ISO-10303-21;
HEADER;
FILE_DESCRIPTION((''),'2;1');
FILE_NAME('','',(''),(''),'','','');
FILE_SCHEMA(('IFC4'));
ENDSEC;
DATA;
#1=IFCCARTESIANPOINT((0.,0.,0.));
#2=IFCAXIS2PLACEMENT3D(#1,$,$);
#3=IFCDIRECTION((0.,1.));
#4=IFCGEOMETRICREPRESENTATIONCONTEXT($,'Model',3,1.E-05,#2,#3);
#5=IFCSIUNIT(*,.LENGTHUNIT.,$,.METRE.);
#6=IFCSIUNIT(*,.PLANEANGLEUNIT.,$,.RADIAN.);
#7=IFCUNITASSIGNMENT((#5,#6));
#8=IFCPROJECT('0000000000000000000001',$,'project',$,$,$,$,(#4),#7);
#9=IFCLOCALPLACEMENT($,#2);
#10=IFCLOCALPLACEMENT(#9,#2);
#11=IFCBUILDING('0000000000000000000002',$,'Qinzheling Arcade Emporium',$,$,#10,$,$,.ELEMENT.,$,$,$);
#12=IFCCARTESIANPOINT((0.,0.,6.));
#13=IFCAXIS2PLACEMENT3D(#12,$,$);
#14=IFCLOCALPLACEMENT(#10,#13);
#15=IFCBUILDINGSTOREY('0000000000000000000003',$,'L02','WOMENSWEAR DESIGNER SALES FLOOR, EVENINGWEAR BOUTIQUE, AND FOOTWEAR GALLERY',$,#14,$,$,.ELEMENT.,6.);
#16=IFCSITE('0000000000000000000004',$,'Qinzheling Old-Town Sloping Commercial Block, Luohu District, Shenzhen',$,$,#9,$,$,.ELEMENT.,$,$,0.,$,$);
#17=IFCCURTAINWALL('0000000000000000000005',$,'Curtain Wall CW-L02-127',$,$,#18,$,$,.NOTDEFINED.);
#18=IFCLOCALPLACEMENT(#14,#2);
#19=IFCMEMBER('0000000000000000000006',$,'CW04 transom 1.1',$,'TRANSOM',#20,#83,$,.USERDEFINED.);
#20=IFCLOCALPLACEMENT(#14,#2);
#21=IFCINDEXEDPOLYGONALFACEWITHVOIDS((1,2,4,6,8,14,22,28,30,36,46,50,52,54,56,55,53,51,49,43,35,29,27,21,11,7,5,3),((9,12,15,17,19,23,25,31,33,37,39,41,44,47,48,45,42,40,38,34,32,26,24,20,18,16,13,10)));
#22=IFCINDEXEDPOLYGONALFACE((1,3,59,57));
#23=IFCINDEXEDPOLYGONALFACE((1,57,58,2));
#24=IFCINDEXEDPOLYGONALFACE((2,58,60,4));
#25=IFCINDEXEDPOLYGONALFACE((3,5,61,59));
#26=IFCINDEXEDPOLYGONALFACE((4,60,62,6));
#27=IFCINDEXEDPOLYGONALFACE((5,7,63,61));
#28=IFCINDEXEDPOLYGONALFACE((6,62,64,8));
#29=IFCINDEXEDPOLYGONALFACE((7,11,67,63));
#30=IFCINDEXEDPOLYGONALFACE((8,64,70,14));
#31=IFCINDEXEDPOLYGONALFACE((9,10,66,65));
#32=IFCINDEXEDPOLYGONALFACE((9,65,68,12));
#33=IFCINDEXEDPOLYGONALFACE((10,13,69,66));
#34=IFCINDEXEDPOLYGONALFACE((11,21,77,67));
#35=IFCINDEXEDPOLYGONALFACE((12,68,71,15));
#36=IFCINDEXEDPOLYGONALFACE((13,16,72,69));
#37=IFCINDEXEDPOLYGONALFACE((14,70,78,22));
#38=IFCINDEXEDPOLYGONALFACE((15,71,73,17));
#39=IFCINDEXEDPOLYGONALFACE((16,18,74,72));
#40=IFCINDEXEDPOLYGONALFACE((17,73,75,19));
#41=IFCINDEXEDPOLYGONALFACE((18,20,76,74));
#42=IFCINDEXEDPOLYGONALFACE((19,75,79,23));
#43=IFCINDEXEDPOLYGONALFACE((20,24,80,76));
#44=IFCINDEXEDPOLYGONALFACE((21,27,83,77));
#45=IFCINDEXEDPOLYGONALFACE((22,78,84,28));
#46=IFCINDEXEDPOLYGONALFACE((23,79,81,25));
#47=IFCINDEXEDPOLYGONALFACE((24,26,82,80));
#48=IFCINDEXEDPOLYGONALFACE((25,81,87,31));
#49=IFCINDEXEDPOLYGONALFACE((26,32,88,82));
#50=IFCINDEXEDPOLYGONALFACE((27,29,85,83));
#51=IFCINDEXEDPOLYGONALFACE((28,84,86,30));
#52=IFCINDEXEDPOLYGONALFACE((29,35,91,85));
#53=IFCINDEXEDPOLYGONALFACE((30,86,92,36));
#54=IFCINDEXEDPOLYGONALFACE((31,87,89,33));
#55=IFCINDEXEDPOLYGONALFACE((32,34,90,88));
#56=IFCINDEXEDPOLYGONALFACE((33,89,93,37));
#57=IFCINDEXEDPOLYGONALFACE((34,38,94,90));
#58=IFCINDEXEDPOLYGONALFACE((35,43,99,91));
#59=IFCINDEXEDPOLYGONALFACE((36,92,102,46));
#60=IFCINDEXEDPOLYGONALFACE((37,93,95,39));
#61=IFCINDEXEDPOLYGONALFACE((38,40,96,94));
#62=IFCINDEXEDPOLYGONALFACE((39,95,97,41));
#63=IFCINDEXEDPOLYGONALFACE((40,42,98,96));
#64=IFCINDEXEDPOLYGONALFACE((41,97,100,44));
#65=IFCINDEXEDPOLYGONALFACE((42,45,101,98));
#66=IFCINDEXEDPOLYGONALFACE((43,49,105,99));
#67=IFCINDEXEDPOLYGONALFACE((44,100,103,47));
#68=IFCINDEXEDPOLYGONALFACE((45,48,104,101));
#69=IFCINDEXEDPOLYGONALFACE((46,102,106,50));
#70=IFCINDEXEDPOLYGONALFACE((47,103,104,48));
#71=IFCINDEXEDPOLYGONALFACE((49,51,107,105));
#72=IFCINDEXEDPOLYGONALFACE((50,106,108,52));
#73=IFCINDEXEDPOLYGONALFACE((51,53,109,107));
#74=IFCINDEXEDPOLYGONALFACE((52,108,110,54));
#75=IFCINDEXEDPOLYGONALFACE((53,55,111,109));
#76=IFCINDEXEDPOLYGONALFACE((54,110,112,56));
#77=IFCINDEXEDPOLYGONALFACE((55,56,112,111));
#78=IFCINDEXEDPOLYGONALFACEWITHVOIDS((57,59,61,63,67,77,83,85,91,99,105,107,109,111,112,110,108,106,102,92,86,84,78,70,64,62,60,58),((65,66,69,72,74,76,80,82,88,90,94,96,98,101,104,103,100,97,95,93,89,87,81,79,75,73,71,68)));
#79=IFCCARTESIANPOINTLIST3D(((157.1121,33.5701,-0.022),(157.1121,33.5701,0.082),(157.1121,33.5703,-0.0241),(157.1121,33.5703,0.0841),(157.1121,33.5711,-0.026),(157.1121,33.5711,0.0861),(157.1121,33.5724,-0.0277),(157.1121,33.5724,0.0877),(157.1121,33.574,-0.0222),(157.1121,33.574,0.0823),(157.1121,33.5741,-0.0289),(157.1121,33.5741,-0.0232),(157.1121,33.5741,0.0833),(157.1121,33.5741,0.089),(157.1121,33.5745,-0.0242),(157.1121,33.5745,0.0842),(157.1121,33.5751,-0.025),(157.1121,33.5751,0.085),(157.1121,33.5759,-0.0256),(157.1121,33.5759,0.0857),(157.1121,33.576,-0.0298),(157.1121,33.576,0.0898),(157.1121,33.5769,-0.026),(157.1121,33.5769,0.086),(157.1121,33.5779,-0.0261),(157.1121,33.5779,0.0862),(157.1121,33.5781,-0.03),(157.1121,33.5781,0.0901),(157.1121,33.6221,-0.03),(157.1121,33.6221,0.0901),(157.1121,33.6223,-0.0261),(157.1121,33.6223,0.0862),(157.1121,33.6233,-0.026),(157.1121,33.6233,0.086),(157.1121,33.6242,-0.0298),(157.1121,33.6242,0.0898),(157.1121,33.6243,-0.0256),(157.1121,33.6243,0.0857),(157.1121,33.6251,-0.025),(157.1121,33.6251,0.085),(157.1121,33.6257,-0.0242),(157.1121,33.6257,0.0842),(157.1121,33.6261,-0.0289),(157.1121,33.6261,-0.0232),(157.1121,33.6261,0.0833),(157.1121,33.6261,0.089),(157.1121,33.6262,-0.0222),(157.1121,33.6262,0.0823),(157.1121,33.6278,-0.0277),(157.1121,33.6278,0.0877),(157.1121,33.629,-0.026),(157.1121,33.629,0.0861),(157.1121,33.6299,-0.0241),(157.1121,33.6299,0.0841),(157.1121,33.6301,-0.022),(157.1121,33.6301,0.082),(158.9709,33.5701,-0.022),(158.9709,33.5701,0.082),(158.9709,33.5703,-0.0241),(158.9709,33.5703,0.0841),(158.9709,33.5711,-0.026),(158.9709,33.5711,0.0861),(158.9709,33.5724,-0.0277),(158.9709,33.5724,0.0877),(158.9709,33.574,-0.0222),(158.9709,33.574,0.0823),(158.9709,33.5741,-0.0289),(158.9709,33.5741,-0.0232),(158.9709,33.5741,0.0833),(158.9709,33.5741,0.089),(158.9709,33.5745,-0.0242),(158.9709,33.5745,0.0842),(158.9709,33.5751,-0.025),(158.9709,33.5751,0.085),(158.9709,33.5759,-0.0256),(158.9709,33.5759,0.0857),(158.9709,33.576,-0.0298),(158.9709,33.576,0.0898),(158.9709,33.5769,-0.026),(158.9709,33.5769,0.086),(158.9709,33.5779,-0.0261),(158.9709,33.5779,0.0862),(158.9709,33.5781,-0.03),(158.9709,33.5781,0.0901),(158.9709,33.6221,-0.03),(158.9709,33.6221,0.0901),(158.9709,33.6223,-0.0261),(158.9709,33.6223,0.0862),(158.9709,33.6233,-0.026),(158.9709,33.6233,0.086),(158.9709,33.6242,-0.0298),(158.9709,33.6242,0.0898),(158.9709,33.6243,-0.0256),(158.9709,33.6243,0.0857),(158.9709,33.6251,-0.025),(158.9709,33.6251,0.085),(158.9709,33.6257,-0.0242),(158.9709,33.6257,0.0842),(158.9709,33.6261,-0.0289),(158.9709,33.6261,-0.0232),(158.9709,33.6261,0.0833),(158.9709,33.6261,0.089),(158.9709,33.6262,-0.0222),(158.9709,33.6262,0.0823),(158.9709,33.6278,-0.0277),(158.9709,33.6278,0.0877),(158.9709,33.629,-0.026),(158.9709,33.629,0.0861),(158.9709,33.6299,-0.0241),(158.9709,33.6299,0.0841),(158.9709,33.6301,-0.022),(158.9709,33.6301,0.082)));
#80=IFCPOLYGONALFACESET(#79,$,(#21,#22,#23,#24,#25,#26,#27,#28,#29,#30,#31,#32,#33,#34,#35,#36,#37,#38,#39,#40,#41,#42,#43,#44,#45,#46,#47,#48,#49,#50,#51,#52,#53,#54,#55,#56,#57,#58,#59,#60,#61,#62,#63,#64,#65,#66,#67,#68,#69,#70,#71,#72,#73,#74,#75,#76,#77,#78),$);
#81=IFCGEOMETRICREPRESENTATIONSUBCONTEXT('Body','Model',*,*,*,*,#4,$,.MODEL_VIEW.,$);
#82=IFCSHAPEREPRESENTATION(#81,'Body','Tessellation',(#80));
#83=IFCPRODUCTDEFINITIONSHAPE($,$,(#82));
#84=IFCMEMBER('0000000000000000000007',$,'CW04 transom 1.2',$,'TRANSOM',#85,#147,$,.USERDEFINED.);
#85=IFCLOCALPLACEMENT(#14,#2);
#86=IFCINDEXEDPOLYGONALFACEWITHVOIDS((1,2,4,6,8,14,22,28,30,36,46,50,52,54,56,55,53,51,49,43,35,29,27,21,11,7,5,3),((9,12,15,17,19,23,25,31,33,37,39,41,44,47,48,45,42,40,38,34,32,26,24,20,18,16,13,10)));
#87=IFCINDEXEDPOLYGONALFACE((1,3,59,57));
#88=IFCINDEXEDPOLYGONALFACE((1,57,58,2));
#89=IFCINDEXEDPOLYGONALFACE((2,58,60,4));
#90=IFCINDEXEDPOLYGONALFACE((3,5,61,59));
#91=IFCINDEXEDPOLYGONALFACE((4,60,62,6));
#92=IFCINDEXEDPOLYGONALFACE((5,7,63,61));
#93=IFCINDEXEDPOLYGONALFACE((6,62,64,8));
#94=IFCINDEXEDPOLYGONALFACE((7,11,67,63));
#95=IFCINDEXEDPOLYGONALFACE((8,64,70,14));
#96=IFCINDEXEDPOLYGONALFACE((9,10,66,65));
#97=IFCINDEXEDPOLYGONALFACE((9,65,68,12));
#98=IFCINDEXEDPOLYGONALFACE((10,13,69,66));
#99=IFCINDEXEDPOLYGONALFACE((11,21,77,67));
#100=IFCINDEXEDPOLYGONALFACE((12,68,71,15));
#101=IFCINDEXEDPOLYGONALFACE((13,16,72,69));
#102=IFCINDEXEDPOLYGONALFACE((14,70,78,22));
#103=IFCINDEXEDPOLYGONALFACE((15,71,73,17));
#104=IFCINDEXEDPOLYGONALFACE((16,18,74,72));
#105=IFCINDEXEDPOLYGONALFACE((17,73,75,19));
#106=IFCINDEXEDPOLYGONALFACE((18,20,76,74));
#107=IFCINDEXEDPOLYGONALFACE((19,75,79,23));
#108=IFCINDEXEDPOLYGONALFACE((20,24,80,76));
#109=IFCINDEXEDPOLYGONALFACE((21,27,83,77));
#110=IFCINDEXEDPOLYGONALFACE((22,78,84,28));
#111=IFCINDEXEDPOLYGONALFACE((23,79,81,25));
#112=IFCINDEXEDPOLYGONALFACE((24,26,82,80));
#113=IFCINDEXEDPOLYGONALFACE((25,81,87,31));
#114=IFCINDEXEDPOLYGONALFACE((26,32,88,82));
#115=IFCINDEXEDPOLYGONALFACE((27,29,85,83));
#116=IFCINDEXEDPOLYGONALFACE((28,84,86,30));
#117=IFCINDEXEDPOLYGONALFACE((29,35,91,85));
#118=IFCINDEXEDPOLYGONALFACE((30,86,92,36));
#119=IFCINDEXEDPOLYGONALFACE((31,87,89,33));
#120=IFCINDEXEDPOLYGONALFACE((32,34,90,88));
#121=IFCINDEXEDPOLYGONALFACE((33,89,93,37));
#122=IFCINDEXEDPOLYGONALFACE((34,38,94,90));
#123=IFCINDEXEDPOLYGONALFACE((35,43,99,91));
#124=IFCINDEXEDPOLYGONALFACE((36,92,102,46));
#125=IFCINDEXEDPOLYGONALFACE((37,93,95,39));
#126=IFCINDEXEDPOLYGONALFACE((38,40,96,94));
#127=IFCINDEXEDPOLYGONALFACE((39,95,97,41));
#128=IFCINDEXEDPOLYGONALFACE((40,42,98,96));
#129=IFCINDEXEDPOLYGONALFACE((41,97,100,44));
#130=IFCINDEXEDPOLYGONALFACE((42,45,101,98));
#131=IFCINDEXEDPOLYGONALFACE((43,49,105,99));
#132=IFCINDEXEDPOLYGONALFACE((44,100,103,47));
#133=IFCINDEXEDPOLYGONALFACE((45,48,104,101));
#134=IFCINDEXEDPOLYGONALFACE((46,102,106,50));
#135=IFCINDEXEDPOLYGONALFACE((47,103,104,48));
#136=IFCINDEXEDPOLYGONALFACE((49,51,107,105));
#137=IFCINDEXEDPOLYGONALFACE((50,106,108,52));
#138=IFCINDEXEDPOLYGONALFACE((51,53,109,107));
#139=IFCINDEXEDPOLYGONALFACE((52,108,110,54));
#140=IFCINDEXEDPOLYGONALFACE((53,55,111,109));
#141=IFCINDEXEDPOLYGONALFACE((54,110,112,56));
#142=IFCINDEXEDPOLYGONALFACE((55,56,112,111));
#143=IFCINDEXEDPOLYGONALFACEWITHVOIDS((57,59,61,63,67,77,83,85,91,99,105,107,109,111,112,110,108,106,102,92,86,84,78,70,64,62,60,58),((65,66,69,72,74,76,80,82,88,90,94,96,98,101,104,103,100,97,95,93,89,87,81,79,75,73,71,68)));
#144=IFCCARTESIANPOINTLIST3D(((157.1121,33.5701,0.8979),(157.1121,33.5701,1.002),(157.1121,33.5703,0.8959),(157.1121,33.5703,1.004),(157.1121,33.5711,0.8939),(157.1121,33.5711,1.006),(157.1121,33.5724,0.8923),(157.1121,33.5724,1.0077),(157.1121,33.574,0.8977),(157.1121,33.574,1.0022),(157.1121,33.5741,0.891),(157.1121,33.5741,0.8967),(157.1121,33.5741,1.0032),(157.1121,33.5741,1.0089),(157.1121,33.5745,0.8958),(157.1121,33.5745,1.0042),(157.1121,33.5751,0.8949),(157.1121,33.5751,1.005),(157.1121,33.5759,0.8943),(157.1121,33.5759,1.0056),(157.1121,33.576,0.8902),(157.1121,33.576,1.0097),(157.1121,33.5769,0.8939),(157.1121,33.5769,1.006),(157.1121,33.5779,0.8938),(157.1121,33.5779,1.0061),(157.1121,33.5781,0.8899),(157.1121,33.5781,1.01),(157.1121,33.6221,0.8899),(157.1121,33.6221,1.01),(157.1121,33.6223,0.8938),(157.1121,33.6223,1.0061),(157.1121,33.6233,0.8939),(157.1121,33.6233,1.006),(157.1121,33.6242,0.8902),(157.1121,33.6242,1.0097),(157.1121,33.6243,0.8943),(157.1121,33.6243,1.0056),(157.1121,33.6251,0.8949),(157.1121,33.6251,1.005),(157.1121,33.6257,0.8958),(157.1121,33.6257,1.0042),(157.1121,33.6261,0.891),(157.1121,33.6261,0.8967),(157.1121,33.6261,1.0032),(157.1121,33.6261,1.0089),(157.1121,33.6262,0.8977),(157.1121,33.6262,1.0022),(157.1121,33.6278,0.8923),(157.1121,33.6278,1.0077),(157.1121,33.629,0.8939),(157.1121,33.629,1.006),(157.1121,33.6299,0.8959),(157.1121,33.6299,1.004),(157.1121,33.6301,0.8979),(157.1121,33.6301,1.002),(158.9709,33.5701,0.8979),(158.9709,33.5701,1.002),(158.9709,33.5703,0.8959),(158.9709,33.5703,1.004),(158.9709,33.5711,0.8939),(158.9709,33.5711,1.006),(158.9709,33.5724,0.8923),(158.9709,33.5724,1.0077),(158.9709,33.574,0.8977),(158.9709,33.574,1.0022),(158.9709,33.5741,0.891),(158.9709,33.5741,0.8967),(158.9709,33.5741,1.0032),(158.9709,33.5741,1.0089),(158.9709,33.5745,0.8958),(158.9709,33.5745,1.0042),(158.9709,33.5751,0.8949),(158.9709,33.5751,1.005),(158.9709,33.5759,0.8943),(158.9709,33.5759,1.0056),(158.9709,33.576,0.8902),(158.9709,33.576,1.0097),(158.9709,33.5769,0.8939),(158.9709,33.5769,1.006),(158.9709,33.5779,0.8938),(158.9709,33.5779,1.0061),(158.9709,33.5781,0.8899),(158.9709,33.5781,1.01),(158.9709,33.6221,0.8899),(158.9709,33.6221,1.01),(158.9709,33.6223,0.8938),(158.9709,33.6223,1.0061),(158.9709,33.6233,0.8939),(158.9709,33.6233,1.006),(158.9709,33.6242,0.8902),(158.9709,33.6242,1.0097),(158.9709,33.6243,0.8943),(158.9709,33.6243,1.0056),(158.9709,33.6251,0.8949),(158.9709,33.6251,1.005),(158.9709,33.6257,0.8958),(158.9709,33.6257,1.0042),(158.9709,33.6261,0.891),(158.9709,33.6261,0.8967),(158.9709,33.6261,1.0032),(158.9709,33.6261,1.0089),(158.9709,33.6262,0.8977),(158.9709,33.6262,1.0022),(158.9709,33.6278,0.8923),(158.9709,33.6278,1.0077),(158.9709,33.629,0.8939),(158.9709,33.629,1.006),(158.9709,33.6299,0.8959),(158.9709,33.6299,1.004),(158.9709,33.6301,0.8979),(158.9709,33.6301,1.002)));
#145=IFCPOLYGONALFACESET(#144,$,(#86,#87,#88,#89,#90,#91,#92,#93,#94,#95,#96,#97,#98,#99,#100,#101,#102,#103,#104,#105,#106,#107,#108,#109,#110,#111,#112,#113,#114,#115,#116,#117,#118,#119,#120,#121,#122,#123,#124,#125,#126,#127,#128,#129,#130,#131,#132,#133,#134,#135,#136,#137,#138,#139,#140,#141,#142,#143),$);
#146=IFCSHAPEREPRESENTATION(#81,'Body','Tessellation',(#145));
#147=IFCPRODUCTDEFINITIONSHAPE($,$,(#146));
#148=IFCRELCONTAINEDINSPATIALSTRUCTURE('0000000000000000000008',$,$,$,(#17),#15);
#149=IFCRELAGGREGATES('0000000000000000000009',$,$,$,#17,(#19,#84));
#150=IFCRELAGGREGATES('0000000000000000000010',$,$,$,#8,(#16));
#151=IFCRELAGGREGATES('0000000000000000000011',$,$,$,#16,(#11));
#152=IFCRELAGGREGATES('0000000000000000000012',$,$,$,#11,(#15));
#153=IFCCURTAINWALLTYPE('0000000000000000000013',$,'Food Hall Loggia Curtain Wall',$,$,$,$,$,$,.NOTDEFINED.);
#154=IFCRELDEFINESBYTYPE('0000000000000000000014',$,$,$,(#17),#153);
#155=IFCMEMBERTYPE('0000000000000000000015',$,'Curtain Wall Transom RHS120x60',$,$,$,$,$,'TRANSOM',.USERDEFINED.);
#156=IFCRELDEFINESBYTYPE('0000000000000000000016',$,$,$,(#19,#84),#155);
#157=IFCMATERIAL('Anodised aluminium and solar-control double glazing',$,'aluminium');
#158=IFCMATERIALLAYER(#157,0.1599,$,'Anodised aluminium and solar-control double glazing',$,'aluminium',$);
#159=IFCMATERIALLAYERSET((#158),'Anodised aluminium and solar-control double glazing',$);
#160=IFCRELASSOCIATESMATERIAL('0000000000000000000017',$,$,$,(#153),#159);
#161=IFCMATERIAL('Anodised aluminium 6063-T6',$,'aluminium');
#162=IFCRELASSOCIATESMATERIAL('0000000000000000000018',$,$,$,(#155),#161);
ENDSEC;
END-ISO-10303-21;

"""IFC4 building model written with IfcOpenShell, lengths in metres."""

from ifc_helpers import new_model, si_unit, direction, frame, origin, origin_2d, place, context, subcontext, project, spatial, hollow_rectangle, extrude, material, layer, layer_set, material_profile, profile_set, type_object, element, aggregate, save


model = new_model("IFC4")

# Units and contexts
model_context = context("Model", 3, precision=1e-05, world=origin(), true_north=direction((0.0, 1.0)))
body_context = subcontext(model_context, "Body", "Model", "MODEL_VIEW")
ifc_project = project(units=[si_unit("LENGTHUNIT", "METRE"), si_unit("PLANEANGLEUNIT", "RADIAN")], contexts=[model_context])

# Site, building, storey
site_placement = place(None, origin())
site = spatial("IfcSite", under=ifc_project, at=site_placement, Name="Qinzheling Old-Town Sloping Commercial Block, Luohu District, Shenzhen", CompositionType="ELEMENT", RefElevation=0.0)
building_placement = place(site_placement, origin())
building = spatial("IfcBuilding", under=site, at=building_placement, Name="Qinzheling Arcade Emporium", CompositionType="ELEMENT")
storey_placement = place(building_placement, frame((0.0, 0.0, 6.0)))
storey = spatial("IfcBuildingStorey", under=building, at=storey_placement, Name="L02", Description="WOMENSWEAR DESIGNER SALES FLOOR, EVENINGWEAR BOUTIQUE, AND FOOTWEAR GALLERY", CompositionType="ELEMENT", Elevation=6.0)

# Shared definitions
ifc_material_1 = material(Name="Anodised aluminium and solar-control double glazing", Category="aluminium")
ifc_layer_1 = layer(ifc_material_1, 0.1599, Name="Anodised aluminium and solar-control double glazing", Category="aluminium")
ifc_layer_set_1 = layer_set([ifc_layer_1], Name="Anodised aluminium and solar-control double glazing")
curtain_wall_type = type_object("IfcCurtainWallType", Name="Food Hall Loggia Curtain Wall", PredefinedType="NOTDEFINED", material=ifc_layer_set_1)
ifc_material_2 = material(Name="Anodised aluminium 6063-T6", Category="aluminium")

# Curtain wall
curtain_wall_1_placement = place(storey_placement, origin())
curtain_wall_1 = element("IfcCurtainWall", 1, at=curtain_wall_1_placement, inside=storey, type_object=curtain_wall_type, Name="Curtain Wall CW-L02-127", PredefinedType="NOTDEFINED")

# Members
ifc_material_profile_1 = material_profile(ifc_material_2, hollow_rectangle(XDim=0.0601, YDim=0.1201, WallThickness=0.0039, InnerFilletRadius=0.0039, OuterFilletRadius=0.0081, at=origin_2d()), Name="RHS 120x60x4", Category="aluminium")
ifc_profile_set_1 = profile_set([ifc_material_profile_1], Name="Anodised aluminium 6063-T6")
member_type_1 = type_object("IfcMemberType", Name="Curtain Wall Transom RHS120x60", ElementType="TRANSOM", PredefinedType="USERDEFINED", material=ifc_profile_set_1)
member_1_placement = place(storey_placement, frame((157.1121, 33.6001, 0.03), z_axis=(1.0, 0.0, 0.0), x_axis=(0.0, 1.0, 0.0)))
member_1 = element("IfcMember", 2, at=member_1_placement, type_object=member_type_1, Name="CW04 transom 1.1", ObjectType="TRANSOM", PredefinedType="USERDEFINED", context=body_context, shape_type="SweptSolid", body=[
    extrude(hollow_rectangle(XDim=0.0601, YDim=0.1201, WallThickness=0.0039, InnerFilletRadius=0.0039, OuterFilletRadius=0.0081, at=origin_2d()), origin(), (0.0, 0.0, 1.0), 1.8589),
])
member_2_placement = place(storey_placement, frame((157.1121, 33.6001, 0.95), z_axis=(1.0, 0.0, 0.0), x_axis=(0.0, 1.0, 0.0)))
member_2 = element("IfcMember", 3, at=member_2_placement, type_object=member_type_1, Name="CW04 transom 1.2", ObjectType="TRANSOM", PredefinedType="USERDEFINED", context=body_context, shape_type="SweptSolid", body=[
    extrude(hollow_rectangle(XDim=0.0601, YDim=0.1201, WallThickness=0.0039, InnerFilletRadius=0.0039, OuterFilletRadius=0.0081, at=origin_2d()), origin(), (0.0, 0.0, 1.0), 1.8589),
])

aggregate(curtain_wall_1, [member_1, member_2])

save(model, "model.ifc")
